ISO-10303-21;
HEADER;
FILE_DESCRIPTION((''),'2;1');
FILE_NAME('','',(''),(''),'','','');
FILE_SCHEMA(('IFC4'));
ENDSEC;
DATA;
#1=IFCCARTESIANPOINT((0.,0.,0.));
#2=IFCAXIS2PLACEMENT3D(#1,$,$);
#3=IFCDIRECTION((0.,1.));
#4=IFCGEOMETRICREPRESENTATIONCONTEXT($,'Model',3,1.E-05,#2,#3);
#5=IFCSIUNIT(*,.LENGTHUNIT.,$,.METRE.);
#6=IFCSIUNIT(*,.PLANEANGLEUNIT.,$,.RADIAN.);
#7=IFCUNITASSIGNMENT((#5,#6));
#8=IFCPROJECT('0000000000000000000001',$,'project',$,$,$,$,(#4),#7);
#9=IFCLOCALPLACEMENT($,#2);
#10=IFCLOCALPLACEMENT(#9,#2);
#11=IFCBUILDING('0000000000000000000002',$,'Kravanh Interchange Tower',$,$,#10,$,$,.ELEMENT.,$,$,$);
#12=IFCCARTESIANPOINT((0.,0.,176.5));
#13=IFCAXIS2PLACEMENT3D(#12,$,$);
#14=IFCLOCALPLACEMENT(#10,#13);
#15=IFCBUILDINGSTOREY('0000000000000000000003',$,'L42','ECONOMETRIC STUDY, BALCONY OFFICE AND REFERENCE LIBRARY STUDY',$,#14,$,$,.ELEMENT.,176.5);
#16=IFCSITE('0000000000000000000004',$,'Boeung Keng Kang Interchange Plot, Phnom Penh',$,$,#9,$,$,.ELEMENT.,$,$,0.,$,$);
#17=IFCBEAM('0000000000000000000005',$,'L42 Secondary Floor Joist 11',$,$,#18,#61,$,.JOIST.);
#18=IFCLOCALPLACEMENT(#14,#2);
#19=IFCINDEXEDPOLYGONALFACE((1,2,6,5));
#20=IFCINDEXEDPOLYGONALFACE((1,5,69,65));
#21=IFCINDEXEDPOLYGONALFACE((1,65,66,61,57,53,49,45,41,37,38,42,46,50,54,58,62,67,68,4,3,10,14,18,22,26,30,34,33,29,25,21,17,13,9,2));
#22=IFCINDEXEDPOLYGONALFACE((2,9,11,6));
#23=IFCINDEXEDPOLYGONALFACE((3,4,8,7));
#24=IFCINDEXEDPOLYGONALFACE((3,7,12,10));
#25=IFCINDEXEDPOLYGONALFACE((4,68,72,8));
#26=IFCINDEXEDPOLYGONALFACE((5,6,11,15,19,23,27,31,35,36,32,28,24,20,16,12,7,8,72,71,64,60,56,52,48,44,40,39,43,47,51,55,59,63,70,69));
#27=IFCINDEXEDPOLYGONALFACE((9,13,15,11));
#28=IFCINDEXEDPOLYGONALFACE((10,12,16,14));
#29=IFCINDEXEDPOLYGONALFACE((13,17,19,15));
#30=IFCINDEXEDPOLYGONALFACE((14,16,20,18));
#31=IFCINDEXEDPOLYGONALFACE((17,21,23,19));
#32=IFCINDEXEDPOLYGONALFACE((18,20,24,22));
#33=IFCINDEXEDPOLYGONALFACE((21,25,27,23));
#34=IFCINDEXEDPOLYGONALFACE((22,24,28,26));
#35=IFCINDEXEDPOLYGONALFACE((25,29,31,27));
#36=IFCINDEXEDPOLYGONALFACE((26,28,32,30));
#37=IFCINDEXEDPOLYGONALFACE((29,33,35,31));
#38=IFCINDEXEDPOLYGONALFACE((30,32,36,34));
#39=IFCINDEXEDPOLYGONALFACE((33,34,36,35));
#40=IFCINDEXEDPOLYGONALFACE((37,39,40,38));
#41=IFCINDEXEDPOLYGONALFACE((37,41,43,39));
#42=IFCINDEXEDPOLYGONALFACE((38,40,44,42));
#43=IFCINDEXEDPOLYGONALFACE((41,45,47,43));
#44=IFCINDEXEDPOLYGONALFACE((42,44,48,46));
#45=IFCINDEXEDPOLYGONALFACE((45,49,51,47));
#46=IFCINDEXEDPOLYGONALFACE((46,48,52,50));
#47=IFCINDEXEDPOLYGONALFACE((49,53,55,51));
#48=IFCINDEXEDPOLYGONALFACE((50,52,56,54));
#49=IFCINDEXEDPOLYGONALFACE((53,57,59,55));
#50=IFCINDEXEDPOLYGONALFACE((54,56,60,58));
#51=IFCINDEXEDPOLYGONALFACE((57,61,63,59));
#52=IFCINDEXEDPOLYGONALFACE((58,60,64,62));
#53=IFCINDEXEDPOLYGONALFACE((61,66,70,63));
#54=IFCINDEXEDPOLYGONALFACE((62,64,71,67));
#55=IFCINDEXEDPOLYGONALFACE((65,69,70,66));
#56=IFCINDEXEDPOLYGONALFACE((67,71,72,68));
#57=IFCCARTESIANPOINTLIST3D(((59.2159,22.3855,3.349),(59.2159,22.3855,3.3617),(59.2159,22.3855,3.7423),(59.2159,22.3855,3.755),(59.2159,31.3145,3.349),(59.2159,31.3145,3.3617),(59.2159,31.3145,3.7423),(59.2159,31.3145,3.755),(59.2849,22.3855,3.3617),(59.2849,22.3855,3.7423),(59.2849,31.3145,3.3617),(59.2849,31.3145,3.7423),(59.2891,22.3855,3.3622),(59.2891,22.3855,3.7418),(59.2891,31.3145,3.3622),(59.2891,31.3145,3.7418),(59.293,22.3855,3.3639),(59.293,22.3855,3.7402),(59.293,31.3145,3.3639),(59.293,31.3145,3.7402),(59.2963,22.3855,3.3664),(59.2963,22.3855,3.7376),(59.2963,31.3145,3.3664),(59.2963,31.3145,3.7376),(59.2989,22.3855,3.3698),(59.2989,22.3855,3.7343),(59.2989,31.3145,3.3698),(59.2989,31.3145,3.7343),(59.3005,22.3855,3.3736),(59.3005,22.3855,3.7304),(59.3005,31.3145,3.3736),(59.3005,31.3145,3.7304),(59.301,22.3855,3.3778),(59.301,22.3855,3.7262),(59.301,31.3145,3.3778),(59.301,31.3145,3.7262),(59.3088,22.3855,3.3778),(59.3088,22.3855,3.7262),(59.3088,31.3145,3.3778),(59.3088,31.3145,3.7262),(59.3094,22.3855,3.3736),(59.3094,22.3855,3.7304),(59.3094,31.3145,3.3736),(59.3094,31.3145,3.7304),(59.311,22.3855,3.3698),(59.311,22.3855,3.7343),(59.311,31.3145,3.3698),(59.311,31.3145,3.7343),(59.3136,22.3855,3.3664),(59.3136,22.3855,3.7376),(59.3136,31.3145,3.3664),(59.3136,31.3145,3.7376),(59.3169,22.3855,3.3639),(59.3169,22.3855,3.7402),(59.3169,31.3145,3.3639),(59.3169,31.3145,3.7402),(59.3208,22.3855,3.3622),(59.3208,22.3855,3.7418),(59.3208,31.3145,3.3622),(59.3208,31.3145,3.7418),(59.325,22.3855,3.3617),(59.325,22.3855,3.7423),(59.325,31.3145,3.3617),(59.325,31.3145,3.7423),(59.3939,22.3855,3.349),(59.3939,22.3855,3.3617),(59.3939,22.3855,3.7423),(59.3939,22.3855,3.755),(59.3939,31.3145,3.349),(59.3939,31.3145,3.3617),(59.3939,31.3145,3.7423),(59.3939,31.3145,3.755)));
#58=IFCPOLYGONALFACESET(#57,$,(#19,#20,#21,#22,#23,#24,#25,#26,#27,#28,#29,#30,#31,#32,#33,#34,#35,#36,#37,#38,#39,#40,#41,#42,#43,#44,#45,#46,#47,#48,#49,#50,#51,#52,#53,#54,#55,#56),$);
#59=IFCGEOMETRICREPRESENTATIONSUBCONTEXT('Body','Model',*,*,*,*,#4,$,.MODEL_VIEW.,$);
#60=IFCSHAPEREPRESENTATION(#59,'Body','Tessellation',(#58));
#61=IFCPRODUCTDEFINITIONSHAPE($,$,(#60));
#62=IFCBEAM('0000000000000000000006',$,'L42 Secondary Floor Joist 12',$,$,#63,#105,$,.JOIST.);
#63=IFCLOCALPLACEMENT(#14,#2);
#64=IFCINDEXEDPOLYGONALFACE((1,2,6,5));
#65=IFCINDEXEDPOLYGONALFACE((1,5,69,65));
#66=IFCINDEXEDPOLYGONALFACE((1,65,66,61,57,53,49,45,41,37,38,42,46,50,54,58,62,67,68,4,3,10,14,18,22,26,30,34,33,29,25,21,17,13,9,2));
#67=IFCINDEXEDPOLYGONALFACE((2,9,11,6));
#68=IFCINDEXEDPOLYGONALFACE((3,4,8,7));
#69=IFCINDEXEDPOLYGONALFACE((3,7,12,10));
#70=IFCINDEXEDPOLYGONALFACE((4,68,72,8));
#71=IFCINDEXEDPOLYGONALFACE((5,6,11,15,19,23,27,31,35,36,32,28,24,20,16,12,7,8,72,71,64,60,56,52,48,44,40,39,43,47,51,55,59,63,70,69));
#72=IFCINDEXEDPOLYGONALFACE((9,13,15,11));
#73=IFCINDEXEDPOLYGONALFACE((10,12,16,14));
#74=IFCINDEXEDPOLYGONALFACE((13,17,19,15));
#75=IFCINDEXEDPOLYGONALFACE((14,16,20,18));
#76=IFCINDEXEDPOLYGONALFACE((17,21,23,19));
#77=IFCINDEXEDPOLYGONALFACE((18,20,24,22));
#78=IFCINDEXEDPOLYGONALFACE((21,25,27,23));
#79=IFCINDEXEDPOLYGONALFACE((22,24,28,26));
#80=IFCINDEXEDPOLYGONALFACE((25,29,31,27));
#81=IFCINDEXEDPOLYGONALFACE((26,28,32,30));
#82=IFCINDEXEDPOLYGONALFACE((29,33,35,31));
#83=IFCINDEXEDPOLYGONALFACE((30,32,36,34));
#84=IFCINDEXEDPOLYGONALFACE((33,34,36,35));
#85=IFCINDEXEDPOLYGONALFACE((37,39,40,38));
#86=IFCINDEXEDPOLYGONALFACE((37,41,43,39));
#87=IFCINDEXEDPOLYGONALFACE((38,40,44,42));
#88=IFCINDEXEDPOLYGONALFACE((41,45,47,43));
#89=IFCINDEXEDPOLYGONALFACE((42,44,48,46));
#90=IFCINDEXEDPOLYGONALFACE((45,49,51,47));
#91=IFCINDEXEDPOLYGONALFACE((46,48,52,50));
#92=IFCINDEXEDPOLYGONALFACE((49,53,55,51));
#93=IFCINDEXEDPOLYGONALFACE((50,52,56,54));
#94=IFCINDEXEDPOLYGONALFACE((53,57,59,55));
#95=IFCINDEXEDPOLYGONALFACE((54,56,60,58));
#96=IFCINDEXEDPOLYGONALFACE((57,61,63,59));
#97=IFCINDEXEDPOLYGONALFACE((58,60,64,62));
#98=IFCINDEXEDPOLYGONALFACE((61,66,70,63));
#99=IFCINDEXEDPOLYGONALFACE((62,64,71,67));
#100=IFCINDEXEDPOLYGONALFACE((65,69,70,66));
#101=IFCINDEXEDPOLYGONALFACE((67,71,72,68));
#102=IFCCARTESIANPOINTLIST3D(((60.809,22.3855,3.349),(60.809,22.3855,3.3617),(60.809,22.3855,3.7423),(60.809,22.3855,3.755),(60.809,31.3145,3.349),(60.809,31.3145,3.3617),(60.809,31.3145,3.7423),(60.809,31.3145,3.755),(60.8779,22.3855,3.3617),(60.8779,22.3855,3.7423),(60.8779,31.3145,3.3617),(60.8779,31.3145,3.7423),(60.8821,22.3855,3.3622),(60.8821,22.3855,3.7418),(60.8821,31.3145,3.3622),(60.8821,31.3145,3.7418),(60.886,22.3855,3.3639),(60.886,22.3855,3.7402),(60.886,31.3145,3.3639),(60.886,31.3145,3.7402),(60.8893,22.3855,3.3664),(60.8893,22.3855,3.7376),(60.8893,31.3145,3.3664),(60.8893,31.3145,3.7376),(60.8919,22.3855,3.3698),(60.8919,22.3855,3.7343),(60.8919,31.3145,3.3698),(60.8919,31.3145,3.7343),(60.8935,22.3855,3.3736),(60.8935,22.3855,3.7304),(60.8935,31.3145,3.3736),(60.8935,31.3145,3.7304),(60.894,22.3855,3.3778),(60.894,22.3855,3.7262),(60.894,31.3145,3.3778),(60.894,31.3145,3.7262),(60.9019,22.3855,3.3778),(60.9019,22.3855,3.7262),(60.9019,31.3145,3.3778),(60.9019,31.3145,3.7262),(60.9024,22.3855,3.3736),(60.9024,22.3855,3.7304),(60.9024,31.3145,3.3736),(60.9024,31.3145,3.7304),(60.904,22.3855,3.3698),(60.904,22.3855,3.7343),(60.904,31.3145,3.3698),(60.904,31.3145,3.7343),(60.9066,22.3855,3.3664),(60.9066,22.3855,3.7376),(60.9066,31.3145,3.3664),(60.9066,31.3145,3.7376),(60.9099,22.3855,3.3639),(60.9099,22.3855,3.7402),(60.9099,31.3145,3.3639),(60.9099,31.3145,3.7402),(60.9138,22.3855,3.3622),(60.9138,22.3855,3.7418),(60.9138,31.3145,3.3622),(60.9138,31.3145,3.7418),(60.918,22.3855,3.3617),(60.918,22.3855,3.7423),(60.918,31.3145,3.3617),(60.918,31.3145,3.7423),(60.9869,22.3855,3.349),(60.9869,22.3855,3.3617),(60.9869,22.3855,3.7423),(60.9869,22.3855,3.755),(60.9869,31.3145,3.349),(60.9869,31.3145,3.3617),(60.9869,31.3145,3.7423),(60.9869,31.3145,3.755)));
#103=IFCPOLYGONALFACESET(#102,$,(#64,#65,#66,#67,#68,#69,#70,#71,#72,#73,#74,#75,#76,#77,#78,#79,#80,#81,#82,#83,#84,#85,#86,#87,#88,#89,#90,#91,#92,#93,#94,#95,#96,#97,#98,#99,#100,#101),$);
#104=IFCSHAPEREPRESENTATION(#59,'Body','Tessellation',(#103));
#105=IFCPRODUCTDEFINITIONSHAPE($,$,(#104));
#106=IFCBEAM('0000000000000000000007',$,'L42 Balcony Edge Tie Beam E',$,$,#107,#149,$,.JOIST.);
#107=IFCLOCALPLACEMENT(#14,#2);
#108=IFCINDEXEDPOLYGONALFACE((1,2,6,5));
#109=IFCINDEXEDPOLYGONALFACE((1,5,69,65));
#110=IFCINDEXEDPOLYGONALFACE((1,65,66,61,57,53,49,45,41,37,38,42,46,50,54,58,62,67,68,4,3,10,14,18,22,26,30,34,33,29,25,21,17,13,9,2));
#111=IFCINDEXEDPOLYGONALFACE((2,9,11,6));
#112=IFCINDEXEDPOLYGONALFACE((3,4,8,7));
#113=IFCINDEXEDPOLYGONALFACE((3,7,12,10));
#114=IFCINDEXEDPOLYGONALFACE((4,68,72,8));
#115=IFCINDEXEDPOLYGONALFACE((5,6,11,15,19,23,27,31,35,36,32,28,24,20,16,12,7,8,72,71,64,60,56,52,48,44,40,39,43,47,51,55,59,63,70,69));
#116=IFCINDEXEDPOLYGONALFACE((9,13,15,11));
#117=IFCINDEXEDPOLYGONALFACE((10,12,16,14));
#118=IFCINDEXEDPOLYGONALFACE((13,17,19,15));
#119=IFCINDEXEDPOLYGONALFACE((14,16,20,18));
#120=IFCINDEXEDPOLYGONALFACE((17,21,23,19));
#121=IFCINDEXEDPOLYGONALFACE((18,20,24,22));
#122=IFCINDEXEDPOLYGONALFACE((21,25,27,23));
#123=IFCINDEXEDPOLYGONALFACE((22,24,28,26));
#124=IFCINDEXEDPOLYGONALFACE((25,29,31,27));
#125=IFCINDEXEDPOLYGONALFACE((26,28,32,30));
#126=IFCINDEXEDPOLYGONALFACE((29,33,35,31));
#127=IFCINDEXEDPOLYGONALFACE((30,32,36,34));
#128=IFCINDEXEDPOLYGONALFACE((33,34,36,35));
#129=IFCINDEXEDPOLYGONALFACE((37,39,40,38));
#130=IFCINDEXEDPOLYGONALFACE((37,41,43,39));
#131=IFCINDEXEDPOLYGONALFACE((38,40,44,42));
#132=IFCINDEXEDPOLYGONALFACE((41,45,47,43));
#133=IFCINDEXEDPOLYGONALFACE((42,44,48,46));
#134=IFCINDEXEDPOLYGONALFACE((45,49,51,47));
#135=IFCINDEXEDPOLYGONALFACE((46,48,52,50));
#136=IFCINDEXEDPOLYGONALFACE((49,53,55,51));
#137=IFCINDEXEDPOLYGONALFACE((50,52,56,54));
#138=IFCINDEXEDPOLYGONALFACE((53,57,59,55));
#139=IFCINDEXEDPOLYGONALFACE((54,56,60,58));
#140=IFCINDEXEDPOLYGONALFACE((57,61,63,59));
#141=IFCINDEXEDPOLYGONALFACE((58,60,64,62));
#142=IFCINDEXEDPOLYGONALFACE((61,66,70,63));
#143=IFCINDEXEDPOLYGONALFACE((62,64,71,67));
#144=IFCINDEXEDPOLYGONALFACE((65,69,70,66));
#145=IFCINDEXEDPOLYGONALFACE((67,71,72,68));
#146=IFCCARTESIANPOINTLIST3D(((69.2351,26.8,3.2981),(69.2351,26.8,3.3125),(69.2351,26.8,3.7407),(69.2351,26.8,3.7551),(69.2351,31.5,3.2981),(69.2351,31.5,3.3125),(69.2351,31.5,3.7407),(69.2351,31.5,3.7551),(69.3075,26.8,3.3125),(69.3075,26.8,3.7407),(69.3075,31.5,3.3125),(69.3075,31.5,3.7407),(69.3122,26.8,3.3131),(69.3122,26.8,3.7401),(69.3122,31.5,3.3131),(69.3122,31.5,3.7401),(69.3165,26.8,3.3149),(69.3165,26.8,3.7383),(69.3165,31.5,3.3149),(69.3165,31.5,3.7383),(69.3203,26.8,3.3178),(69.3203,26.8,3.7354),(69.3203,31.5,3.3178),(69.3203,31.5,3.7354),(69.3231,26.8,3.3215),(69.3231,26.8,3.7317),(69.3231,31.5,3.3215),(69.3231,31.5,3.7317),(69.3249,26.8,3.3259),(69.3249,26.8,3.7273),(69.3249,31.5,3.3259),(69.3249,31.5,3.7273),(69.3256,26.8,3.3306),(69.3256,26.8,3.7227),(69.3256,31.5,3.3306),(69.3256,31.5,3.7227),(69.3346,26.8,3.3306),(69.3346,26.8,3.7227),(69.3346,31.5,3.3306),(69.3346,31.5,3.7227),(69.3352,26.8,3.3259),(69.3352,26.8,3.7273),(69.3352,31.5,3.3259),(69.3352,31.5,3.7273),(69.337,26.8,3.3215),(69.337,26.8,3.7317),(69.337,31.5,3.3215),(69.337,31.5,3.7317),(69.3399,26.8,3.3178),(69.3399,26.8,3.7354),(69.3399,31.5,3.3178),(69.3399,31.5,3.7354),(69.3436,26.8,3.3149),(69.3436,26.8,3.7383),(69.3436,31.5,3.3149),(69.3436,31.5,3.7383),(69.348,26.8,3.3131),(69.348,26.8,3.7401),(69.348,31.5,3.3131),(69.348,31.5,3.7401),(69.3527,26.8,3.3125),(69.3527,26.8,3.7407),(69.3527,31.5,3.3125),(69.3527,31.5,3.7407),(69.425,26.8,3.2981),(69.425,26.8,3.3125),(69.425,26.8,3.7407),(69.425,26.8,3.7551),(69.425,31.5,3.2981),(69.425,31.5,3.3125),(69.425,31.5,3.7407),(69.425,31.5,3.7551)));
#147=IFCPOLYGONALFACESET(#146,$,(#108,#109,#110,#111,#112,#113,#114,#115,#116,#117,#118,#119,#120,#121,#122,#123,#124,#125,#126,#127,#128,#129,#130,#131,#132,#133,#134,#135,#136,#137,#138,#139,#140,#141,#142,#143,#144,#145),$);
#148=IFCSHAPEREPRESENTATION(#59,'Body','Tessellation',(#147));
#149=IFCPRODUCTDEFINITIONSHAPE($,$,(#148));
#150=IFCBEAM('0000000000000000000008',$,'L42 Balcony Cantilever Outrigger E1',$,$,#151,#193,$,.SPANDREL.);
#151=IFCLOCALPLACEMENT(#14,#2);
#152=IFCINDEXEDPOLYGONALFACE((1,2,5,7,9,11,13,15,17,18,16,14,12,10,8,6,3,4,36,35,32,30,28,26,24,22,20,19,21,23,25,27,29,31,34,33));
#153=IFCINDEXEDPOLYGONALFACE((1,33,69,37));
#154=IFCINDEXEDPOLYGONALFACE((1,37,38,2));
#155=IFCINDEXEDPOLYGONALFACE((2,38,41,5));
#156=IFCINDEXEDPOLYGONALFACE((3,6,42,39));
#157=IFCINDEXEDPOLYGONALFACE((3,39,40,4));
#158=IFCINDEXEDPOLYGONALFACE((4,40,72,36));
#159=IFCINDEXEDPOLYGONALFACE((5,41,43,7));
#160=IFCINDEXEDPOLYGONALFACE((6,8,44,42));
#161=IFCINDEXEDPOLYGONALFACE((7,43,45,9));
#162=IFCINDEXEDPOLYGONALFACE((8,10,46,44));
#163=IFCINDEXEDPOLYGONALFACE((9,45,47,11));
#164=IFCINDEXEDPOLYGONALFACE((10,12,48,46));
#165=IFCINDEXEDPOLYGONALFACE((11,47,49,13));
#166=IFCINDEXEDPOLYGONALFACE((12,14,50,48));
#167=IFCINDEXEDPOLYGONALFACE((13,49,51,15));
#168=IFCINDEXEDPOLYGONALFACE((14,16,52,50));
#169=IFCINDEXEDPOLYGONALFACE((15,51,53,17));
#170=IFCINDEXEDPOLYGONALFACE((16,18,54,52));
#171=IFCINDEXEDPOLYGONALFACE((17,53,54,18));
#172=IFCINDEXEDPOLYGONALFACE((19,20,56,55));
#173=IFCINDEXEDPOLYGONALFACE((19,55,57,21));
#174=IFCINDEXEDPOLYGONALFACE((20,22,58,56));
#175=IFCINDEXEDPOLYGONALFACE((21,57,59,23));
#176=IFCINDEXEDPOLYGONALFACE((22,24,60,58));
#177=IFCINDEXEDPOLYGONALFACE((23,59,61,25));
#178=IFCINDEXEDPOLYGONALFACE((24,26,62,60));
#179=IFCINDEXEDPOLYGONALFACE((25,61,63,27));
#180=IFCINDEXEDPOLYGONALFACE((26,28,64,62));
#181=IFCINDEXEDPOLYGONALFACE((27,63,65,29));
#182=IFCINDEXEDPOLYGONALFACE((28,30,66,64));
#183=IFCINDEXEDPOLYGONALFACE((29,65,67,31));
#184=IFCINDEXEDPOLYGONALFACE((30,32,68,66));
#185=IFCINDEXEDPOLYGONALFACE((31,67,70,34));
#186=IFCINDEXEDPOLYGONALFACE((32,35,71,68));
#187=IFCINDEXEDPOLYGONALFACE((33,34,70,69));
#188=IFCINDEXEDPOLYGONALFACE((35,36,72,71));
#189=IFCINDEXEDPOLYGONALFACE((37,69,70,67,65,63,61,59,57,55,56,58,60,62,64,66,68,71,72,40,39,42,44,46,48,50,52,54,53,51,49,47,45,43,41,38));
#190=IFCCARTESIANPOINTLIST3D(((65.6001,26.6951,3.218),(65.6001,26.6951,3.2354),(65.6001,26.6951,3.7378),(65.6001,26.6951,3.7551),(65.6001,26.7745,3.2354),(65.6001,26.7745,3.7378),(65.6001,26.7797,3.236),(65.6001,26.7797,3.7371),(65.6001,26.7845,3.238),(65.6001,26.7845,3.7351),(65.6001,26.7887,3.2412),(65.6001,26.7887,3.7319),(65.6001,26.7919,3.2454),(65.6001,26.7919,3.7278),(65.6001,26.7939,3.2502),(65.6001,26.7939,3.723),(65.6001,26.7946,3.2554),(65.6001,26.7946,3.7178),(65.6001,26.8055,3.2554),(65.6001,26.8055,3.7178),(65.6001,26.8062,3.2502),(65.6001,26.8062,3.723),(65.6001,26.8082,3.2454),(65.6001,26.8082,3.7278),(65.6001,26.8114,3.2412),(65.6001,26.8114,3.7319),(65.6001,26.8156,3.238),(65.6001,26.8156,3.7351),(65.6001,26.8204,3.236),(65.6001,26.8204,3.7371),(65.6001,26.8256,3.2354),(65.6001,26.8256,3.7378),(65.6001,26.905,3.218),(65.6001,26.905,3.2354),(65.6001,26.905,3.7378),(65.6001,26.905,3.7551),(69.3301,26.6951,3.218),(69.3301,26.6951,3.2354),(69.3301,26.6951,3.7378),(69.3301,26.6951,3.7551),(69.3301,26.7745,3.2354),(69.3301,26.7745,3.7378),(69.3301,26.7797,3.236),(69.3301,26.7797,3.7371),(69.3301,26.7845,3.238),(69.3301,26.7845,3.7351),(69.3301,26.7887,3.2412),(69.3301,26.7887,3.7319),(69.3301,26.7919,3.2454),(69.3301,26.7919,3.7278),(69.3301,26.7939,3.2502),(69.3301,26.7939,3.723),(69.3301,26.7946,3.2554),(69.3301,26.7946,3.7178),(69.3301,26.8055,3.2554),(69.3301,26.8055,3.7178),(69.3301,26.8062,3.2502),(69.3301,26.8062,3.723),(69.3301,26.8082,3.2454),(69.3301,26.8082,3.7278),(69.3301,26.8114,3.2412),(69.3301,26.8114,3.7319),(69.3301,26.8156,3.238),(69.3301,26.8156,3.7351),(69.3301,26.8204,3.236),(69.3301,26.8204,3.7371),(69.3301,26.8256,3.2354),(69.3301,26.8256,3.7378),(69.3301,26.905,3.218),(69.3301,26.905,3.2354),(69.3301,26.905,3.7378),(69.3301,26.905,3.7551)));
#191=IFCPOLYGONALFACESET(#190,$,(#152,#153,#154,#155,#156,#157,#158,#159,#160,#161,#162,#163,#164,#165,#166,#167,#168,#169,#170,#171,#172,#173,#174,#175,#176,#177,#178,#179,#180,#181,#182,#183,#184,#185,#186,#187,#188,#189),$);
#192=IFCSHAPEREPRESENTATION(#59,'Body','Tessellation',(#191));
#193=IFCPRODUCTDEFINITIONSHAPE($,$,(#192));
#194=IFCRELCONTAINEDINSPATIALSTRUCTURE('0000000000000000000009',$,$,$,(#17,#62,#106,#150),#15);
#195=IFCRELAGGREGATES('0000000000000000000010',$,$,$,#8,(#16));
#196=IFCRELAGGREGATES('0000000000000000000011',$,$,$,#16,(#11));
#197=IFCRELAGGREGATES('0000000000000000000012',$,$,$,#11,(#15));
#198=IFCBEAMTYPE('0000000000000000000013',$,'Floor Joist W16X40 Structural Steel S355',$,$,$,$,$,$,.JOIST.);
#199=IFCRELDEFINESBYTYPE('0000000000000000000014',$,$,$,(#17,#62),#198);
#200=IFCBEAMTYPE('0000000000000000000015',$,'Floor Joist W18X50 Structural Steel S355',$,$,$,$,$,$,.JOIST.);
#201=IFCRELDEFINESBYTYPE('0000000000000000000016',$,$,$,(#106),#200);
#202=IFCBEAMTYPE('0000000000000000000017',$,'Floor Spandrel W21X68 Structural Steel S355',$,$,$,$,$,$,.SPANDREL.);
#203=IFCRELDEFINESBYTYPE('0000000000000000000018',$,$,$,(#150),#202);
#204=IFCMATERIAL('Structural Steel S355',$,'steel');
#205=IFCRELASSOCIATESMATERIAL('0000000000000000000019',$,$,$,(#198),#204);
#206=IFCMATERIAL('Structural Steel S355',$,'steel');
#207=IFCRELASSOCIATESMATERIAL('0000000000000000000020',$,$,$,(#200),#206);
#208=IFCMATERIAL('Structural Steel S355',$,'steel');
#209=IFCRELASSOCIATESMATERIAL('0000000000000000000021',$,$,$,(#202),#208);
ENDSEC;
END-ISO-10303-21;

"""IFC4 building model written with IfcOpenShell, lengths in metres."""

from ifc_helpers import new_model, si_unit, direction, frame, origin, origin_2d, place, context, subcontext, project, spatial, i_section, extrude, material, material_profile, profile_set, type_object, element, save


model = new_model("IFC4")

# Units and contexts
model_context = context("Model", 3, precision=1e-05, world=origin(), true_north=direction((0.0, 1.0)))
body_context = subcontext(model_context, "Body", "Model", "MODEL_VIEW")
ifc_project = project(units=[si_unit("LENGTHUNIT", "METRE"), si_unit("PLANEANGLEUNIT", "RADIAN")], contexts=[model_context])

# Site, building, storey
site_placement = place(None, origin())
site = spatial("IfcSite", under=ifc_project, at=site_placement, Name="Boeung Keng Kang Interchange Plot, Phnom Penh", CompositionType="ELEMENT", RefElevation=0.0)
building_placement = place(site_placement, origin())
building = spatial("IfcBuilding", under=site, at=building_placement, Name="Kravanh Interchange Tower", CompositionType="ELEMENT")
storey_placement = place(building_placement, frame((0.0, 0.0, 176.5)))
storey = spatial("IfcBuildingStorey", under=building, at=storey_placement, Name="L42", Description="ECONOMETRIC STUDY, BALCONY OFFICE AND REFERENCE LIBRARY STUDY", CompositionType="ELEMENT", Elevation=176.5)

# Beams
ifc_material_1 = material(Name="Structural Steel S355", Category="steel")
ifc_material_profile_1 = material_profile(ifc_material_1, i_section(OverallWidth=0.178, OverallDepth=0.406, WebThickness=0.0078, FlangeThickness=0.0127, FilletRadius=0.0161, at=origin_2d()), Name="W16X40")
ifc_profile_set_1 = profile_set([ifc_material_profile_1], Name="Structural Steel S355")
beam_type_1 = type_object("IfcBeamType", Name="Floor Joist W16X40 Structural Steel S355", PredefinedType="JOIST", material=ifc_profile_set_1)
for number, where, z_axis, x_axis, name in (
    (1, (59.3049, 22.3855, 3.552), (0.0, 1.0, 0.0), (-1.0, 0.0, 0.0), "L42 Secondary Floor Joist 11"),
    (2, (60.8979, 22.3855, 3.552), (0.0, 1.0, 0.0), (-1.0, 0.0, 0.0), "L42 Secondary Floor Joist 12"),
):
    element("IfcBeam", number, at=place(storey_placement, frame(where, z_axis=z_axis, x_axis=x_axis)), inside=storey, type_object=beam_type_1, Name=name, PredefinedType="JOIST", context=body_context, shape_type="SweptSolid", body=[
        extrude(i_section(OverallWidth=0.178, OverallDepth=0.406, WebThickness=0.0078, FlangeThickness=0.0127, FilletRadius=0.0161, at=origin_2d()), origin(), (0.0, 0.0, 1.0), 8.929),
    ])
ifc_material_2 = material(Name="Structural Steel S355", Category="steel")
ifc_material_profile_2 = material_profile(ifc_material_2, i_section(OverallWidth=0.1899, OverallDepth=0.457, WebThickness=0.009, FlangeThickness=0.0144, FilletRadius=0.0181, at=origin_2d()), Name="W18X50")
ifc_profile_set_2 = profile_set([ifc_material_profile_2], Name="Structural Steel S355")
beam_type_2 = type_object("IfcBeamType", Name="Floor Joist W18X50 Structural Steel S355", PredefinedType="JOIST", material=ifc_profile_set_2)
beam_1_placement = place(storey_placement, frame((69.3301, 26.8, 3.5266), z_axis=(0.0, 1.0, 0.0), x_axis=(-1.0, 0.0, 0.0)))
element("IfcBeam", 3, at=beam_1_placement, inside=storey, type_object=beam_type_2, Name="L42 Balcony Edge Tie Beam E", PredefinedType="JOIST", context=body_context, shape_type="SweptSolid", body=[
    extrude(i_section(OverallWidth=0.1899, OverallDepth=0.457, WebThickness=0.009, FlangeThickness=0.0144, FilletRadius=0.0181, at=origin_2d()), origin(), (0.0, 0.0, 1.0), 4.7),
])
ifc_material_3 = material(Name="Structural Steel S355", Category="steel")
ifc_material_profile_3 = material_profile(ifc_material_3, i_section(OverallWidth=0.21, OverallDepth=0.5371, WebThickness=0.011, FlangeThickness=0.0173, FilletRadius=0.02, at=origin_2d()), Name="W21X68")
ifc_profile_set_3 = profile_set([ifc_material_profile_3], Name="Structural Steel S355")
beam_type_3 = type_object("IfcBeamType", Name="Floor Spandrel W21X68 Structural Steel S355", PredefinedType="SPANDREL", material=ifc_profile_set_3)
beam_2_placement = place(storey_placement, frame((65.6001, 26.8, 3.4866), z_axis=(1.0, 0.0, 0.0), x_axis=(0.0, 1.0, 0.0)))
element("IfcBeam", 4, at=beam_2_placement, inside=storey, type_object=beam_type_3, Name="L42 Balcony Cantilever Outrigger E1", PredefinedType="SPANDREL", context=body_context, shape_type="SweptSolid", body=[
    extrude(i_section(OverallWidth=0.21, OverallDepth=0.5371, WebThickness=0.011, FlangeThickness=0.0173, FilletRadius=0.02, at=origin_2d()), origin(), (0.0, 0.0, 1.0), 3.73),
])

save(model, "model.ifc")
